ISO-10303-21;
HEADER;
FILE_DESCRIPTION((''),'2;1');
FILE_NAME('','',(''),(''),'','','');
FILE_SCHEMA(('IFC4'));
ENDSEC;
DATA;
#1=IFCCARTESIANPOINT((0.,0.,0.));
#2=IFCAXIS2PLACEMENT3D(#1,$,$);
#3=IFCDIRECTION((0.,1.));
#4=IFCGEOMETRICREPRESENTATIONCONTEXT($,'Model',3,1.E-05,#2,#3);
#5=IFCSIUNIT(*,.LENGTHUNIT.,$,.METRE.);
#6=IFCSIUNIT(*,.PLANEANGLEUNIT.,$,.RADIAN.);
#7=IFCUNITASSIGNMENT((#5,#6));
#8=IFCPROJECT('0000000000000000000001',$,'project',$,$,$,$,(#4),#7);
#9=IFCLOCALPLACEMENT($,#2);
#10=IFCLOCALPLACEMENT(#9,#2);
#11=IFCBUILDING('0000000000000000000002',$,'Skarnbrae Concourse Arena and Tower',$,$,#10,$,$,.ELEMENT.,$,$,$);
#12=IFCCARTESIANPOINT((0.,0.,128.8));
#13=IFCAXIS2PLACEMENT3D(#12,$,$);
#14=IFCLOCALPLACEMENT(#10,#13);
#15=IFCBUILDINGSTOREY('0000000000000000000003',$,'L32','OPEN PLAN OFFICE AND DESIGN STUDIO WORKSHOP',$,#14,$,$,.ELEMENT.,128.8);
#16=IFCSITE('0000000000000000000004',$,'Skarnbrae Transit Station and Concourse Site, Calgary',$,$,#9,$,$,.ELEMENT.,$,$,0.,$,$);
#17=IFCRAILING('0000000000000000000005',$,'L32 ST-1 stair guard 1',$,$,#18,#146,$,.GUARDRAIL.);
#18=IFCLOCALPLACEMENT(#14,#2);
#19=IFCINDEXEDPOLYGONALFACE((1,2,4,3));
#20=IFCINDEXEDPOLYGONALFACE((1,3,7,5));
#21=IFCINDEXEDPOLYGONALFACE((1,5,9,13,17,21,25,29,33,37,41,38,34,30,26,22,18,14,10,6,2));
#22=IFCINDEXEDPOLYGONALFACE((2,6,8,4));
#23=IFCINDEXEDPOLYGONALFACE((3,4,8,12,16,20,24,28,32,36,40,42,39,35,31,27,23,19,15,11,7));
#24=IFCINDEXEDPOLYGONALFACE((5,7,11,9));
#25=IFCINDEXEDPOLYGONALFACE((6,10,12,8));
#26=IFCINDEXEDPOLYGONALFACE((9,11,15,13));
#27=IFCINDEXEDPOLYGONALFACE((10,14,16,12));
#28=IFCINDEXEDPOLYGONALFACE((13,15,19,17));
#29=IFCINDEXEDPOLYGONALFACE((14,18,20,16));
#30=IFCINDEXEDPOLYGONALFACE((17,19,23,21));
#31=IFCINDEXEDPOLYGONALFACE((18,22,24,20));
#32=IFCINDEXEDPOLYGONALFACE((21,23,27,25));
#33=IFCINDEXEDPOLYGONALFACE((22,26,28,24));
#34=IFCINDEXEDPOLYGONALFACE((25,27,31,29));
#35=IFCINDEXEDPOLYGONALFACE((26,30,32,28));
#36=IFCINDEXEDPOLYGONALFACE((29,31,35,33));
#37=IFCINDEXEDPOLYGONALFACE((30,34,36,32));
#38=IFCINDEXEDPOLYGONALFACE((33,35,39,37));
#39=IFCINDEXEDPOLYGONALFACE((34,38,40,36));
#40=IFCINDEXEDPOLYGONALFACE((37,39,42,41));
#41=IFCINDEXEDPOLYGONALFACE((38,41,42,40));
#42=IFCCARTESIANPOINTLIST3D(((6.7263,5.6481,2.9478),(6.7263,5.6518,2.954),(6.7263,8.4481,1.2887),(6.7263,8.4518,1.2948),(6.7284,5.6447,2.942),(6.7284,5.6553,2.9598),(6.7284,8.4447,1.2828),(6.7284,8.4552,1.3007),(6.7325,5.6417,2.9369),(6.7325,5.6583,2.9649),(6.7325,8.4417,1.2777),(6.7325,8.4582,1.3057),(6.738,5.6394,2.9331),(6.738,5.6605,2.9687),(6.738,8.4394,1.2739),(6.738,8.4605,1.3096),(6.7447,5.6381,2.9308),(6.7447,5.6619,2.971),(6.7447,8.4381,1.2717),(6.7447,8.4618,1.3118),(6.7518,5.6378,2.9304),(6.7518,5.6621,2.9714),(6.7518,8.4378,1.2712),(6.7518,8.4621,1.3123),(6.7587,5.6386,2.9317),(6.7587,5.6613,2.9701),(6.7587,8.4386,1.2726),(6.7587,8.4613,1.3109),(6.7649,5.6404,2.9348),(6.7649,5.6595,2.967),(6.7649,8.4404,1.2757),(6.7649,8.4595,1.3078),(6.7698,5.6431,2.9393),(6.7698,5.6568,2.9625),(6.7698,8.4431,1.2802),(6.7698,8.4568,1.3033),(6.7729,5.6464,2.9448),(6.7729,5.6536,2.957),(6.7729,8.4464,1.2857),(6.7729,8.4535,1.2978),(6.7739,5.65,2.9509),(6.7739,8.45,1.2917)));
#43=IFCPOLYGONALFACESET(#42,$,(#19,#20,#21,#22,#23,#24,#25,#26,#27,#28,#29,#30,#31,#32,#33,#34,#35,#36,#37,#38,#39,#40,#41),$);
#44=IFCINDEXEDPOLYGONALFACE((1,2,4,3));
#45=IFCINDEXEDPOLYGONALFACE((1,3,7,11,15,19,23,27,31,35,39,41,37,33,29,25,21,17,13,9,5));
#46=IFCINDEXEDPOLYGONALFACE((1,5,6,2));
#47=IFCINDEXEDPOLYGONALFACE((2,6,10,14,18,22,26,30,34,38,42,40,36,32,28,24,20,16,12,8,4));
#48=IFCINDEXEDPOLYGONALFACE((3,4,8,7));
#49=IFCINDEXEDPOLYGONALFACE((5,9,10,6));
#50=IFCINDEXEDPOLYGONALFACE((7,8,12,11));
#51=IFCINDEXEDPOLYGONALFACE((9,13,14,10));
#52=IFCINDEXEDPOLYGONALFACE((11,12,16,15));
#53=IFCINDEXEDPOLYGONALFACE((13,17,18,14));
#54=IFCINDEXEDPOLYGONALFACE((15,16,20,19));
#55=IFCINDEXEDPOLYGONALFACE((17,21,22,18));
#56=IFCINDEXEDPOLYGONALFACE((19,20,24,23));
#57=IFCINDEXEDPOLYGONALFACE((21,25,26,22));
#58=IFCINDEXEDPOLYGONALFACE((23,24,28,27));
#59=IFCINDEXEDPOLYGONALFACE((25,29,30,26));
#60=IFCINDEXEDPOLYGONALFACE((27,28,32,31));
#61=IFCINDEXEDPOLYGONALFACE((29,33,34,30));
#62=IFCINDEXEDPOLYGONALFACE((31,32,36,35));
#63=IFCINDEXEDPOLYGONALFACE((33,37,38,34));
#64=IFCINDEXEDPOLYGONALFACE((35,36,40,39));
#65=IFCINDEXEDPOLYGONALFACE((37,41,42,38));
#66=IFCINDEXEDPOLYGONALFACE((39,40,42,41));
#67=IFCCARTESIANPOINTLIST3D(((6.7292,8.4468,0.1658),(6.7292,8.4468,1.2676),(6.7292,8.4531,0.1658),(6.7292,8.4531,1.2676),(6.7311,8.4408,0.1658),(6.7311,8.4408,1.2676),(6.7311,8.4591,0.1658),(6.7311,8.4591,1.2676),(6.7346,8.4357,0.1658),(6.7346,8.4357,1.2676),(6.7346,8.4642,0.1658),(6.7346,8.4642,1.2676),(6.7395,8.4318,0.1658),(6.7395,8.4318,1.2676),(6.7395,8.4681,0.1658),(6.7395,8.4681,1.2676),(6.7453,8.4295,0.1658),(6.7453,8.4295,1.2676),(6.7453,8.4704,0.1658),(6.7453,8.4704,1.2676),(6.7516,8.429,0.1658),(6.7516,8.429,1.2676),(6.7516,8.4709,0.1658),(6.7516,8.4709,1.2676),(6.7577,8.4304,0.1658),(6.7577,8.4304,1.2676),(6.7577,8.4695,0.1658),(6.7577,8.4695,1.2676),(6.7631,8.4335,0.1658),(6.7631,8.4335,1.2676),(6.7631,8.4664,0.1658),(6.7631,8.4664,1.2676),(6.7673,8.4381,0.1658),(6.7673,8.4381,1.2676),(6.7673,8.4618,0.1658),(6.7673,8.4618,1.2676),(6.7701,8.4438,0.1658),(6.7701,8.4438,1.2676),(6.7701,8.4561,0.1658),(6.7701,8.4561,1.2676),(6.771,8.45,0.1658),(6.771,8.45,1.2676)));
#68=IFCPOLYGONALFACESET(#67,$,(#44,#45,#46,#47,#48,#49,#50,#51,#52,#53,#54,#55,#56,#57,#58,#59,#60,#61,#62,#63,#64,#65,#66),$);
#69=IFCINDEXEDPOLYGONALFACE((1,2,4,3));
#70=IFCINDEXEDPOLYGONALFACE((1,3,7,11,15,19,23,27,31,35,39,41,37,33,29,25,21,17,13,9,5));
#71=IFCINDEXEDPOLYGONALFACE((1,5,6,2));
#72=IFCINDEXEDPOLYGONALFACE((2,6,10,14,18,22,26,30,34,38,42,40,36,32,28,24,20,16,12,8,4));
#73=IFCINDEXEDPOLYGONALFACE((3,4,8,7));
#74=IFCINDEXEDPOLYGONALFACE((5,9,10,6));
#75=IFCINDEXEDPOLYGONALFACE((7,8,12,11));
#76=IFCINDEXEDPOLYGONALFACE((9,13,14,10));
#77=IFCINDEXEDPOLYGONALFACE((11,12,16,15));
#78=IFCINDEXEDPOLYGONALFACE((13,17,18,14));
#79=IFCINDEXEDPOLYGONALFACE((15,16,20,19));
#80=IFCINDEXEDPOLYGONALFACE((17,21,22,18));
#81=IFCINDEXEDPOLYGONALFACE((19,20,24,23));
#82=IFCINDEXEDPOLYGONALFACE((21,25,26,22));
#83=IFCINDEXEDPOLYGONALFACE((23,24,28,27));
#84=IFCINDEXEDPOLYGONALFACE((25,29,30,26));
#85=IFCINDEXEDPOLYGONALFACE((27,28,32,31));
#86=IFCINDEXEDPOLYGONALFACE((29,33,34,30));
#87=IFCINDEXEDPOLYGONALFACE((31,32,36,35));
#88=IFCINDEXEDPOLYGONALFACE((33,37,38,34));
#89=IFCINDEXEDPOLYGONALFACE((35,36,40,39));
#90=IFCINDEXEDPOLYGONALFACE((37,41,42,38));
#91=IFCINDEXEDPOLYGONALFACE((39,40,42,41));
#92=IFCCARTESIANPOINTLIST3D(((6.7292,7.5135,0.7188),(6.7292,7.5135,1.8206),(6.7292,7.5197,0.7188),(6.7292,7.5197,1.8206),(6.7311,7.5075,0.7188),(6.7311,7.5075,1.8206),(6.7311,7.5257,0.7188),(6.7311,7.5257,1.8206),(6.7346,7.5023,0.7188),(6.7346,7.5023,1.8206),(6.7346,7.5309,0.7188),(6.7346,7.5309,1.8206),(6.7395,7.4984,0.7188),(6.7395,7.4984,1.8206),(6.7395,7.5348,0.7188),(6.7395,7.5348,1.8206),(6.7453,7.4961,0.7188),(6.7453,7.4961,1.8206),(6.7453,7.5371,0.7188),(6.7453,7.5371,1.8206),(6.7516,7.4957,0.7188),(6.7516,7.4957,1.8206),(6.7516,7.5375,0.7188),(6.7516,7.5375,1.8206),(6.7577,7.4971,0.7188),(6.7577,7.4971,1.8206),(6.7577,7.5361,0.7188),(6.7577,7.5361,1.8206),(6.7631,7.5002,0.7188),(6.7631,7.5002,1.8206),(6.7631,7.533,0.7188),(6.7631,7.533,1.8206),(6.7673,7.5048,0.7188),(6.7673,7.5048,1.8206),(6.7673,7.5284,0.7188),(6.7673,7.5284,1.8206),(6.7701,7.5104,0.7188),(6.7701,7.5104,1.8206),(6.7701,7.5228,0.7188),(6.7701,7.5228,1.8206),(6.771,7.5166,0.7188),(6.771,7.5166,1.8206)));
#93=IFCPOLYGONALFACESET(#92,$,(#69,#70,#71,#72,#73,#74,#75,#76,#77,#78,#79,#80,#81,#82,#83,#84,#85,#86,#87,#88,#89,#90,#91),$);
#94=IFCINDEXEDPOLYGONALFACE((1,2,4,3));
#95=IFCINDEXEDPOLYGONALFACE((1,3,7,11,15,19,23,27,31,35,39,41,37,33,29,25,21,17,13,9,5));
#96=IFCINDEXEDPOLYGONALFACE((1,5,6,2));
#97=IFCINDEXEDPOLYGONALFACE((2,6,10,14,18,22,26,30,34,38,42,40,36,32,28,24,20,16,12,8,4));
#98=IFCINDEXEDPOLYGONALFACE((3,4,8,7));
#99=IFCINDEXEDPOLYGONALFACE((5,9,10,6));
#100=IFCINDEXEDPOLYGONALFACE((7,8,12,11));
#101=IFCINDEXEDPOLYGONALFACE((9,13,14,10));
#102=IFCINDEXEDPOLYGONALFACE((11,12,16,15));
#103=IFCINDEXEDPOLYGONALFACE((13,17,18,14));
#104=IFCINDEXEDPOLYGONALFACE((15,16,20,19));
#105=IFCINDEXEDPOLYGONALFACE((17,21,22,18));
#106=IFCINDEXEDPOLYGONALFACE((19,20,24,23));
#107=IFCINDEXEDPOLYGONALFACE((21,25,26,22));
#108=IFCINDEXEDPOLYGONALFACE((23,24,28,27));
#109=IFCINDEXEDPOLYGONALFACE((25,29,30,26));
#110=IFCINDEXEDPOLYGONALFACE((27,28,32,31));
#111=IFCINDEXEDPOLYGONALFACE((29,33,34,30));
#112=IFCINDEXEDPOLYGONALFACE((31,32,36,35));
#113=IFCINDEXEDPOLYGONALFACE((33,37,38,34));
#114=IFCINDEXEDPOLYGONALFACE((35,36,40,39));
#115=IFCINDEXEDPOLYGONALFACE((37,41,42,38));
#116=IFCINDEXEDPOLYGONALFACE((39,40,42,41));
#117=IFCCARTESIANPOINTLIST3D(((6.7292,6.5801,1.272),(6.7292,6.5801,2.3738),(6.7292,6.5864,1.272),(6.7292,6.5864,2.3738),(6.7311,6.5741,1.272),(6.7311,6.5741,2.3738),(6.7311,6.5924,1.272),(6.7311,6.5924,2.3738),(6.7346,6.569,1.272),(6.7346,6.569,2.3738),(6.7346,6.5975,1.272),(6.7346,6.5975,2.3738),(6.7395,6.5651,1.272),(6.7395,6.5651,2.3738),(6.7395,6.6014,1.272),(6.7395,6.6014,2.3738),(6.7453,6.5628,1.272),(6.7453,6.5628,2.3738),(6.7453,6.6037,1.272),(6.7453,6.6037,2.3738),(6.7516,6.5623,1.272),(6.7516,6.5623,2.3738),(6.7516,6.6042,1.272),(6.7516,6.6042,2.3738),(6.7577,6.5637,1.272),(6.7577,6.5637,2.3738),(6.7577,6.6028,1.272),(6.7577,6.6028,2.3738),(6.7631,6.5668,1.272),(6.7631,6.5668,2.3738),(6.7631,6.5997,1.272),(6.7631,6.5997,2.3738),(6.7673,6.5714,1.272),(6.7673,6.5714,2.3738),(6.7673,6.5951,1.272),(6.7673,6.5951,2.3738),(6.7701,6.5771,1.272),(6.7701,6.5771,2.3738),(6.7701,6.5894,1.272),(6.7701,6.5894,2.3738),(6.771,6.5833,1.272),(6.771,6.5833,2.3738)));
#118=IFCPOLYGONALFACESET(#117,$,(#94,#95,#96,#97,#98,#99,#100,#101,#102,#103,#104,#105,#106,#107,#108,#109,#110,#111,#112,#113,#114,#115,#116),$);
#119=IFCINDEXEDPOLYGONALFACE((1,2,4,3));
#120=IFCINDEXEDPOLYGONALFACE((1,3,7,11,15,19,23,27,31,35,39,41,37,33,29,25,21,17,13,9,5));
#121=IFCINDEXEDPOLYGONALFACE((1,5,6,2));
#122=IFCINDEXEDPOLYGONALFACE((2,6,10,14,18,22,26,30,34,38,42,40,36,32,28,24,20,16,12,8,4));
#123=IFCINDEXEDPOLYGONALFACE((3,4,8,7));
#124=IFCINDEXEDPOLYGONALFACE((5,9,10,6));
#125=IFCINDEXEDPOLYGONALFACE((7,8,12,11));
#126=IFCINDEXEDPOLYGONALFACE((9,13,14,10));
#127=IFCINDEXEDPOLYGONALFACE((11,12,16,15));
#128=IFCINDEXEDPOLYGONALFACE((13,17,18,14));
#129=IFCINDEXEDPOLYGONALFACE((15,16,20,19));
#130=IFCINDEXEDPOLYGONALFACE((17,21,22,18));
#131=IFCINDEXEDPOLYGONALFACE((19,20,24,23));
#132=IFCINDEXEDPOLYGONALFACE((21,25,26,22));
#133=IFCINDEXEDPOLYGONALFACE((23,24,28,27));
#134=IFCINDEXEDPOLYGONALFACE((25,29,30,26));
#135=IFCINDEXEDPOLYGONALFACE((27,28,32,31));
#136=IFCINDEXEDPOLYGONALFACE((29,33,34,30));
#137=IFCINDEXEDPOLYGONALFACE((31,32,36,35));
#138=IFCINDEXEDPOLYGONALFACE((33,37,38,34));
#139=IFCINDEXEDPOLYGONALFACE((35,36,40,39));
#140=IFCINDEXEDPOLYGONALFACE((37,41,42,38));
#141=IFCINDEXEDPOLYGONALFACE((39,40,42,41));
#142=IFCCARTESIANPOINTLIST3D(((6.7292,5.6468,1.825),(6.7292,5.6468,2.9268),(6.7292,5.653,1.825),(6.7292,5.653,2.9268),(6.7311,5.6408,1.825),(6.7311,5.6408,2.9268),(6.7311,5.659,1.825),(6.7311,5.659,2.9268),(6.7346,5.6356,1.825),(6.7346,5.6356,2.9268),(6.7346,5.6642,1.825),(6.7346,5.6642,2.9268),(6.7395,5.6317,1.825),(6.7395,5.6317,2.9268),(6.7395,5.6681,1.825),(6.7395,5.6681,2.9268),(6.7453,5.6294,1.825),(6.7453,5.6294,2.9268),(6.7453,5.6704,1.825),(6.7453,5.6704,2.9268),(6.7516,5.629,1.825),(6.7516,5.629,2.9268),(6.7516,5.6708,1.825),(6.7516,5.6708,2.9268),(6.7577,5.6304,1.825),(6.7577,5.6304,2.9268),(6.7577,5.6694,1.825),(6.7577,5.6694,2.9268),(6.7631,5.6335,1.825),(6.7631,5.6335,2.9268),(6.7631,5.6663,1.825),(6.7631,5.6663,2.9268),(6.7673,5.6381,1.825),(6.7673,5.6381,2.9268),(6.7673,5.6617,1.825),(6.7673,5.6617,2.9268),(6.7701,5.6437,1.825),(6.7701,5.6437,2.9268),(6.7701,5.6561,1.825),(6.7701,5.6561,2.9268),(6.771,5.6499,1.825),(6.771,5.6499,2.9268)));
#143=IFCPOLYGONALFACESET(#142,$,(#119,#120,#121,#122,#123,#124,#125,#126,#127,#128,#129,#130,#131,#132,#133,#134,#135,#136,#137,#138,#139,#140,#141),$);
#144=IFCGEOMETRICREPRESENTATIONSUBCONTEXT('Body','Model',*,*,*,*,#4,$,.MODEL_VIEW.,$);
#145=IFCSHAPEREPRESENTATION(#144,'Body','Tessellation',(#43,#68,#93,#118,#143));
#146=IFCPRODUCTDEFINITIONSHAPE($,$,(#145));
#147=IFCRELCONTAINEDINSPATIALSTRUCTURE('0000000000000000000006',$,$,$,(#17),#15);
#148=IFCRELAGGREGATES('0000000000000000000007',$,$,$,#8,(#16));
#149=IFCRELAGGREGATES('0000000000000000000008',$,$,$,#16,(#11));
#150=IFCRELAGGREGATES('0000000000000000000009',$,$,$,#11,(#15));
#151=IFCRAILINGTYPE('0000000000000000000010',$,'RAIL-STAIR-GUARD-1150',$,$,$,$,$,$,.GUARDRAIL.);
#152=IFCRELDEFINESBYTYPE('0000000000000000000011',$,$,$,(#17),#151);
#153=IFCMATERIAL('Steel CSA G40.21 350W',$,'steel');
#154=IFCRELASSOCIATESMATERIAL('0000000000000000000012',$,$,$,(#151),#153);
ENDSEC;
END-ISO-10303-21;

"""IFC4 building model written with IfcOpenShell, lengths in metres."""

from ifc_helpers import new_model, si_unit, direction, frame, origin, origin_2d, place, context, subcontext, project, spatial, circle, extrude, material, type_object, element, save


model = new_model("IFC4")

# Units and contexts
model_context = context("Model", 3, precision=1e-05, world=origin(), true_north=direction((0.0, 1.0)))
body_context = subcontext(model_context, "Body", "Model", "MODEL_VIEW")
ifc_project = project(units=[si_unit("LENGTHUNIT", "METRE"), si_unit("PLANEANGLEUNIT", "RADIAN")], contexts=[model_context])

# Site, building, storey
site_placement = place(None, origin())
site = spatial("IfcSite", under=ifc_project, at=site_placement, Name="Skarnbrae Transit Station and Concourse Site, Calgary", CompositionType="ELEMENT", RefElevation=0.0)
building_placement = place(site_placement, origin())
building = spatial("IfcBuilding", under=site, at=building_placement, Name="Skarnbrae Concourse Arena and Tower", CompositionType="ELEMENT")
storey_placement = place(building_placement, frame((0.0, 0.0, 128.8)))
storey = spatial("IfcBuildingStorey", under=building, at=storey_placement, Name="L32", Description="OPEN PLAN OFFICE AND DESIGN STUDIO WORKSHOP", CompositionType="ELEMENT", Elevation=128.8)

# Shared definitions
ifc_material_1 = material(Name="Steel CSA G40.21 350W", Category="steel")

# Railing
railing_type_1 = type_object("IfcRailingType", Name="RAIL-STAIR-GUARD-1150", PredefinedType="GUARDRAIL", material=ifc_material_1)
railing_1_placement = place(storey_placement, frame((6.75, 8.45, 0.1658)))
element("IfcRailing", 1, at=railing_1_placement, inside=storey, type_object=railing_type_1, Name="L32 ST-1 stair guard 1", PredefinedType="GUARDRAIL", context=body_context, shape_type="SweptSolid", body=[
    extrude(circle(Radius=0.0239, at=origin_2d()), frame((0.0, 0.0, 1.126), z_axis=(0.0, -0.860306, 0.509778), x_axis=(1.0, 0.0, 0.0)), (0.0, 0.0, 1.0), 3.2546),
    extrude(circle(Radius=0.021, at=origin_2d()), origin(), (0.0, 0.0, 1.0), 1.1018),
    extrude(circle(Radius=0.021, at=origin_2d()), frame((0.0, -0.9333, 0.553)), (0.0, 0.0, 1.0), 1.1018),
    extrude(circle(Radius=0.021, at=origin_2d()), frame((0.0, -1.8667, 1.1062)), (0.0, 0.0, 1.0), 1.1018),
    extrude(circle(Radius=0.021, at=origin_2d()), frame((0.0, -2.8, 1.6592)), (0.0, 0.0, 1.0), 1.1018),
])

save(model, "model.ifc")
